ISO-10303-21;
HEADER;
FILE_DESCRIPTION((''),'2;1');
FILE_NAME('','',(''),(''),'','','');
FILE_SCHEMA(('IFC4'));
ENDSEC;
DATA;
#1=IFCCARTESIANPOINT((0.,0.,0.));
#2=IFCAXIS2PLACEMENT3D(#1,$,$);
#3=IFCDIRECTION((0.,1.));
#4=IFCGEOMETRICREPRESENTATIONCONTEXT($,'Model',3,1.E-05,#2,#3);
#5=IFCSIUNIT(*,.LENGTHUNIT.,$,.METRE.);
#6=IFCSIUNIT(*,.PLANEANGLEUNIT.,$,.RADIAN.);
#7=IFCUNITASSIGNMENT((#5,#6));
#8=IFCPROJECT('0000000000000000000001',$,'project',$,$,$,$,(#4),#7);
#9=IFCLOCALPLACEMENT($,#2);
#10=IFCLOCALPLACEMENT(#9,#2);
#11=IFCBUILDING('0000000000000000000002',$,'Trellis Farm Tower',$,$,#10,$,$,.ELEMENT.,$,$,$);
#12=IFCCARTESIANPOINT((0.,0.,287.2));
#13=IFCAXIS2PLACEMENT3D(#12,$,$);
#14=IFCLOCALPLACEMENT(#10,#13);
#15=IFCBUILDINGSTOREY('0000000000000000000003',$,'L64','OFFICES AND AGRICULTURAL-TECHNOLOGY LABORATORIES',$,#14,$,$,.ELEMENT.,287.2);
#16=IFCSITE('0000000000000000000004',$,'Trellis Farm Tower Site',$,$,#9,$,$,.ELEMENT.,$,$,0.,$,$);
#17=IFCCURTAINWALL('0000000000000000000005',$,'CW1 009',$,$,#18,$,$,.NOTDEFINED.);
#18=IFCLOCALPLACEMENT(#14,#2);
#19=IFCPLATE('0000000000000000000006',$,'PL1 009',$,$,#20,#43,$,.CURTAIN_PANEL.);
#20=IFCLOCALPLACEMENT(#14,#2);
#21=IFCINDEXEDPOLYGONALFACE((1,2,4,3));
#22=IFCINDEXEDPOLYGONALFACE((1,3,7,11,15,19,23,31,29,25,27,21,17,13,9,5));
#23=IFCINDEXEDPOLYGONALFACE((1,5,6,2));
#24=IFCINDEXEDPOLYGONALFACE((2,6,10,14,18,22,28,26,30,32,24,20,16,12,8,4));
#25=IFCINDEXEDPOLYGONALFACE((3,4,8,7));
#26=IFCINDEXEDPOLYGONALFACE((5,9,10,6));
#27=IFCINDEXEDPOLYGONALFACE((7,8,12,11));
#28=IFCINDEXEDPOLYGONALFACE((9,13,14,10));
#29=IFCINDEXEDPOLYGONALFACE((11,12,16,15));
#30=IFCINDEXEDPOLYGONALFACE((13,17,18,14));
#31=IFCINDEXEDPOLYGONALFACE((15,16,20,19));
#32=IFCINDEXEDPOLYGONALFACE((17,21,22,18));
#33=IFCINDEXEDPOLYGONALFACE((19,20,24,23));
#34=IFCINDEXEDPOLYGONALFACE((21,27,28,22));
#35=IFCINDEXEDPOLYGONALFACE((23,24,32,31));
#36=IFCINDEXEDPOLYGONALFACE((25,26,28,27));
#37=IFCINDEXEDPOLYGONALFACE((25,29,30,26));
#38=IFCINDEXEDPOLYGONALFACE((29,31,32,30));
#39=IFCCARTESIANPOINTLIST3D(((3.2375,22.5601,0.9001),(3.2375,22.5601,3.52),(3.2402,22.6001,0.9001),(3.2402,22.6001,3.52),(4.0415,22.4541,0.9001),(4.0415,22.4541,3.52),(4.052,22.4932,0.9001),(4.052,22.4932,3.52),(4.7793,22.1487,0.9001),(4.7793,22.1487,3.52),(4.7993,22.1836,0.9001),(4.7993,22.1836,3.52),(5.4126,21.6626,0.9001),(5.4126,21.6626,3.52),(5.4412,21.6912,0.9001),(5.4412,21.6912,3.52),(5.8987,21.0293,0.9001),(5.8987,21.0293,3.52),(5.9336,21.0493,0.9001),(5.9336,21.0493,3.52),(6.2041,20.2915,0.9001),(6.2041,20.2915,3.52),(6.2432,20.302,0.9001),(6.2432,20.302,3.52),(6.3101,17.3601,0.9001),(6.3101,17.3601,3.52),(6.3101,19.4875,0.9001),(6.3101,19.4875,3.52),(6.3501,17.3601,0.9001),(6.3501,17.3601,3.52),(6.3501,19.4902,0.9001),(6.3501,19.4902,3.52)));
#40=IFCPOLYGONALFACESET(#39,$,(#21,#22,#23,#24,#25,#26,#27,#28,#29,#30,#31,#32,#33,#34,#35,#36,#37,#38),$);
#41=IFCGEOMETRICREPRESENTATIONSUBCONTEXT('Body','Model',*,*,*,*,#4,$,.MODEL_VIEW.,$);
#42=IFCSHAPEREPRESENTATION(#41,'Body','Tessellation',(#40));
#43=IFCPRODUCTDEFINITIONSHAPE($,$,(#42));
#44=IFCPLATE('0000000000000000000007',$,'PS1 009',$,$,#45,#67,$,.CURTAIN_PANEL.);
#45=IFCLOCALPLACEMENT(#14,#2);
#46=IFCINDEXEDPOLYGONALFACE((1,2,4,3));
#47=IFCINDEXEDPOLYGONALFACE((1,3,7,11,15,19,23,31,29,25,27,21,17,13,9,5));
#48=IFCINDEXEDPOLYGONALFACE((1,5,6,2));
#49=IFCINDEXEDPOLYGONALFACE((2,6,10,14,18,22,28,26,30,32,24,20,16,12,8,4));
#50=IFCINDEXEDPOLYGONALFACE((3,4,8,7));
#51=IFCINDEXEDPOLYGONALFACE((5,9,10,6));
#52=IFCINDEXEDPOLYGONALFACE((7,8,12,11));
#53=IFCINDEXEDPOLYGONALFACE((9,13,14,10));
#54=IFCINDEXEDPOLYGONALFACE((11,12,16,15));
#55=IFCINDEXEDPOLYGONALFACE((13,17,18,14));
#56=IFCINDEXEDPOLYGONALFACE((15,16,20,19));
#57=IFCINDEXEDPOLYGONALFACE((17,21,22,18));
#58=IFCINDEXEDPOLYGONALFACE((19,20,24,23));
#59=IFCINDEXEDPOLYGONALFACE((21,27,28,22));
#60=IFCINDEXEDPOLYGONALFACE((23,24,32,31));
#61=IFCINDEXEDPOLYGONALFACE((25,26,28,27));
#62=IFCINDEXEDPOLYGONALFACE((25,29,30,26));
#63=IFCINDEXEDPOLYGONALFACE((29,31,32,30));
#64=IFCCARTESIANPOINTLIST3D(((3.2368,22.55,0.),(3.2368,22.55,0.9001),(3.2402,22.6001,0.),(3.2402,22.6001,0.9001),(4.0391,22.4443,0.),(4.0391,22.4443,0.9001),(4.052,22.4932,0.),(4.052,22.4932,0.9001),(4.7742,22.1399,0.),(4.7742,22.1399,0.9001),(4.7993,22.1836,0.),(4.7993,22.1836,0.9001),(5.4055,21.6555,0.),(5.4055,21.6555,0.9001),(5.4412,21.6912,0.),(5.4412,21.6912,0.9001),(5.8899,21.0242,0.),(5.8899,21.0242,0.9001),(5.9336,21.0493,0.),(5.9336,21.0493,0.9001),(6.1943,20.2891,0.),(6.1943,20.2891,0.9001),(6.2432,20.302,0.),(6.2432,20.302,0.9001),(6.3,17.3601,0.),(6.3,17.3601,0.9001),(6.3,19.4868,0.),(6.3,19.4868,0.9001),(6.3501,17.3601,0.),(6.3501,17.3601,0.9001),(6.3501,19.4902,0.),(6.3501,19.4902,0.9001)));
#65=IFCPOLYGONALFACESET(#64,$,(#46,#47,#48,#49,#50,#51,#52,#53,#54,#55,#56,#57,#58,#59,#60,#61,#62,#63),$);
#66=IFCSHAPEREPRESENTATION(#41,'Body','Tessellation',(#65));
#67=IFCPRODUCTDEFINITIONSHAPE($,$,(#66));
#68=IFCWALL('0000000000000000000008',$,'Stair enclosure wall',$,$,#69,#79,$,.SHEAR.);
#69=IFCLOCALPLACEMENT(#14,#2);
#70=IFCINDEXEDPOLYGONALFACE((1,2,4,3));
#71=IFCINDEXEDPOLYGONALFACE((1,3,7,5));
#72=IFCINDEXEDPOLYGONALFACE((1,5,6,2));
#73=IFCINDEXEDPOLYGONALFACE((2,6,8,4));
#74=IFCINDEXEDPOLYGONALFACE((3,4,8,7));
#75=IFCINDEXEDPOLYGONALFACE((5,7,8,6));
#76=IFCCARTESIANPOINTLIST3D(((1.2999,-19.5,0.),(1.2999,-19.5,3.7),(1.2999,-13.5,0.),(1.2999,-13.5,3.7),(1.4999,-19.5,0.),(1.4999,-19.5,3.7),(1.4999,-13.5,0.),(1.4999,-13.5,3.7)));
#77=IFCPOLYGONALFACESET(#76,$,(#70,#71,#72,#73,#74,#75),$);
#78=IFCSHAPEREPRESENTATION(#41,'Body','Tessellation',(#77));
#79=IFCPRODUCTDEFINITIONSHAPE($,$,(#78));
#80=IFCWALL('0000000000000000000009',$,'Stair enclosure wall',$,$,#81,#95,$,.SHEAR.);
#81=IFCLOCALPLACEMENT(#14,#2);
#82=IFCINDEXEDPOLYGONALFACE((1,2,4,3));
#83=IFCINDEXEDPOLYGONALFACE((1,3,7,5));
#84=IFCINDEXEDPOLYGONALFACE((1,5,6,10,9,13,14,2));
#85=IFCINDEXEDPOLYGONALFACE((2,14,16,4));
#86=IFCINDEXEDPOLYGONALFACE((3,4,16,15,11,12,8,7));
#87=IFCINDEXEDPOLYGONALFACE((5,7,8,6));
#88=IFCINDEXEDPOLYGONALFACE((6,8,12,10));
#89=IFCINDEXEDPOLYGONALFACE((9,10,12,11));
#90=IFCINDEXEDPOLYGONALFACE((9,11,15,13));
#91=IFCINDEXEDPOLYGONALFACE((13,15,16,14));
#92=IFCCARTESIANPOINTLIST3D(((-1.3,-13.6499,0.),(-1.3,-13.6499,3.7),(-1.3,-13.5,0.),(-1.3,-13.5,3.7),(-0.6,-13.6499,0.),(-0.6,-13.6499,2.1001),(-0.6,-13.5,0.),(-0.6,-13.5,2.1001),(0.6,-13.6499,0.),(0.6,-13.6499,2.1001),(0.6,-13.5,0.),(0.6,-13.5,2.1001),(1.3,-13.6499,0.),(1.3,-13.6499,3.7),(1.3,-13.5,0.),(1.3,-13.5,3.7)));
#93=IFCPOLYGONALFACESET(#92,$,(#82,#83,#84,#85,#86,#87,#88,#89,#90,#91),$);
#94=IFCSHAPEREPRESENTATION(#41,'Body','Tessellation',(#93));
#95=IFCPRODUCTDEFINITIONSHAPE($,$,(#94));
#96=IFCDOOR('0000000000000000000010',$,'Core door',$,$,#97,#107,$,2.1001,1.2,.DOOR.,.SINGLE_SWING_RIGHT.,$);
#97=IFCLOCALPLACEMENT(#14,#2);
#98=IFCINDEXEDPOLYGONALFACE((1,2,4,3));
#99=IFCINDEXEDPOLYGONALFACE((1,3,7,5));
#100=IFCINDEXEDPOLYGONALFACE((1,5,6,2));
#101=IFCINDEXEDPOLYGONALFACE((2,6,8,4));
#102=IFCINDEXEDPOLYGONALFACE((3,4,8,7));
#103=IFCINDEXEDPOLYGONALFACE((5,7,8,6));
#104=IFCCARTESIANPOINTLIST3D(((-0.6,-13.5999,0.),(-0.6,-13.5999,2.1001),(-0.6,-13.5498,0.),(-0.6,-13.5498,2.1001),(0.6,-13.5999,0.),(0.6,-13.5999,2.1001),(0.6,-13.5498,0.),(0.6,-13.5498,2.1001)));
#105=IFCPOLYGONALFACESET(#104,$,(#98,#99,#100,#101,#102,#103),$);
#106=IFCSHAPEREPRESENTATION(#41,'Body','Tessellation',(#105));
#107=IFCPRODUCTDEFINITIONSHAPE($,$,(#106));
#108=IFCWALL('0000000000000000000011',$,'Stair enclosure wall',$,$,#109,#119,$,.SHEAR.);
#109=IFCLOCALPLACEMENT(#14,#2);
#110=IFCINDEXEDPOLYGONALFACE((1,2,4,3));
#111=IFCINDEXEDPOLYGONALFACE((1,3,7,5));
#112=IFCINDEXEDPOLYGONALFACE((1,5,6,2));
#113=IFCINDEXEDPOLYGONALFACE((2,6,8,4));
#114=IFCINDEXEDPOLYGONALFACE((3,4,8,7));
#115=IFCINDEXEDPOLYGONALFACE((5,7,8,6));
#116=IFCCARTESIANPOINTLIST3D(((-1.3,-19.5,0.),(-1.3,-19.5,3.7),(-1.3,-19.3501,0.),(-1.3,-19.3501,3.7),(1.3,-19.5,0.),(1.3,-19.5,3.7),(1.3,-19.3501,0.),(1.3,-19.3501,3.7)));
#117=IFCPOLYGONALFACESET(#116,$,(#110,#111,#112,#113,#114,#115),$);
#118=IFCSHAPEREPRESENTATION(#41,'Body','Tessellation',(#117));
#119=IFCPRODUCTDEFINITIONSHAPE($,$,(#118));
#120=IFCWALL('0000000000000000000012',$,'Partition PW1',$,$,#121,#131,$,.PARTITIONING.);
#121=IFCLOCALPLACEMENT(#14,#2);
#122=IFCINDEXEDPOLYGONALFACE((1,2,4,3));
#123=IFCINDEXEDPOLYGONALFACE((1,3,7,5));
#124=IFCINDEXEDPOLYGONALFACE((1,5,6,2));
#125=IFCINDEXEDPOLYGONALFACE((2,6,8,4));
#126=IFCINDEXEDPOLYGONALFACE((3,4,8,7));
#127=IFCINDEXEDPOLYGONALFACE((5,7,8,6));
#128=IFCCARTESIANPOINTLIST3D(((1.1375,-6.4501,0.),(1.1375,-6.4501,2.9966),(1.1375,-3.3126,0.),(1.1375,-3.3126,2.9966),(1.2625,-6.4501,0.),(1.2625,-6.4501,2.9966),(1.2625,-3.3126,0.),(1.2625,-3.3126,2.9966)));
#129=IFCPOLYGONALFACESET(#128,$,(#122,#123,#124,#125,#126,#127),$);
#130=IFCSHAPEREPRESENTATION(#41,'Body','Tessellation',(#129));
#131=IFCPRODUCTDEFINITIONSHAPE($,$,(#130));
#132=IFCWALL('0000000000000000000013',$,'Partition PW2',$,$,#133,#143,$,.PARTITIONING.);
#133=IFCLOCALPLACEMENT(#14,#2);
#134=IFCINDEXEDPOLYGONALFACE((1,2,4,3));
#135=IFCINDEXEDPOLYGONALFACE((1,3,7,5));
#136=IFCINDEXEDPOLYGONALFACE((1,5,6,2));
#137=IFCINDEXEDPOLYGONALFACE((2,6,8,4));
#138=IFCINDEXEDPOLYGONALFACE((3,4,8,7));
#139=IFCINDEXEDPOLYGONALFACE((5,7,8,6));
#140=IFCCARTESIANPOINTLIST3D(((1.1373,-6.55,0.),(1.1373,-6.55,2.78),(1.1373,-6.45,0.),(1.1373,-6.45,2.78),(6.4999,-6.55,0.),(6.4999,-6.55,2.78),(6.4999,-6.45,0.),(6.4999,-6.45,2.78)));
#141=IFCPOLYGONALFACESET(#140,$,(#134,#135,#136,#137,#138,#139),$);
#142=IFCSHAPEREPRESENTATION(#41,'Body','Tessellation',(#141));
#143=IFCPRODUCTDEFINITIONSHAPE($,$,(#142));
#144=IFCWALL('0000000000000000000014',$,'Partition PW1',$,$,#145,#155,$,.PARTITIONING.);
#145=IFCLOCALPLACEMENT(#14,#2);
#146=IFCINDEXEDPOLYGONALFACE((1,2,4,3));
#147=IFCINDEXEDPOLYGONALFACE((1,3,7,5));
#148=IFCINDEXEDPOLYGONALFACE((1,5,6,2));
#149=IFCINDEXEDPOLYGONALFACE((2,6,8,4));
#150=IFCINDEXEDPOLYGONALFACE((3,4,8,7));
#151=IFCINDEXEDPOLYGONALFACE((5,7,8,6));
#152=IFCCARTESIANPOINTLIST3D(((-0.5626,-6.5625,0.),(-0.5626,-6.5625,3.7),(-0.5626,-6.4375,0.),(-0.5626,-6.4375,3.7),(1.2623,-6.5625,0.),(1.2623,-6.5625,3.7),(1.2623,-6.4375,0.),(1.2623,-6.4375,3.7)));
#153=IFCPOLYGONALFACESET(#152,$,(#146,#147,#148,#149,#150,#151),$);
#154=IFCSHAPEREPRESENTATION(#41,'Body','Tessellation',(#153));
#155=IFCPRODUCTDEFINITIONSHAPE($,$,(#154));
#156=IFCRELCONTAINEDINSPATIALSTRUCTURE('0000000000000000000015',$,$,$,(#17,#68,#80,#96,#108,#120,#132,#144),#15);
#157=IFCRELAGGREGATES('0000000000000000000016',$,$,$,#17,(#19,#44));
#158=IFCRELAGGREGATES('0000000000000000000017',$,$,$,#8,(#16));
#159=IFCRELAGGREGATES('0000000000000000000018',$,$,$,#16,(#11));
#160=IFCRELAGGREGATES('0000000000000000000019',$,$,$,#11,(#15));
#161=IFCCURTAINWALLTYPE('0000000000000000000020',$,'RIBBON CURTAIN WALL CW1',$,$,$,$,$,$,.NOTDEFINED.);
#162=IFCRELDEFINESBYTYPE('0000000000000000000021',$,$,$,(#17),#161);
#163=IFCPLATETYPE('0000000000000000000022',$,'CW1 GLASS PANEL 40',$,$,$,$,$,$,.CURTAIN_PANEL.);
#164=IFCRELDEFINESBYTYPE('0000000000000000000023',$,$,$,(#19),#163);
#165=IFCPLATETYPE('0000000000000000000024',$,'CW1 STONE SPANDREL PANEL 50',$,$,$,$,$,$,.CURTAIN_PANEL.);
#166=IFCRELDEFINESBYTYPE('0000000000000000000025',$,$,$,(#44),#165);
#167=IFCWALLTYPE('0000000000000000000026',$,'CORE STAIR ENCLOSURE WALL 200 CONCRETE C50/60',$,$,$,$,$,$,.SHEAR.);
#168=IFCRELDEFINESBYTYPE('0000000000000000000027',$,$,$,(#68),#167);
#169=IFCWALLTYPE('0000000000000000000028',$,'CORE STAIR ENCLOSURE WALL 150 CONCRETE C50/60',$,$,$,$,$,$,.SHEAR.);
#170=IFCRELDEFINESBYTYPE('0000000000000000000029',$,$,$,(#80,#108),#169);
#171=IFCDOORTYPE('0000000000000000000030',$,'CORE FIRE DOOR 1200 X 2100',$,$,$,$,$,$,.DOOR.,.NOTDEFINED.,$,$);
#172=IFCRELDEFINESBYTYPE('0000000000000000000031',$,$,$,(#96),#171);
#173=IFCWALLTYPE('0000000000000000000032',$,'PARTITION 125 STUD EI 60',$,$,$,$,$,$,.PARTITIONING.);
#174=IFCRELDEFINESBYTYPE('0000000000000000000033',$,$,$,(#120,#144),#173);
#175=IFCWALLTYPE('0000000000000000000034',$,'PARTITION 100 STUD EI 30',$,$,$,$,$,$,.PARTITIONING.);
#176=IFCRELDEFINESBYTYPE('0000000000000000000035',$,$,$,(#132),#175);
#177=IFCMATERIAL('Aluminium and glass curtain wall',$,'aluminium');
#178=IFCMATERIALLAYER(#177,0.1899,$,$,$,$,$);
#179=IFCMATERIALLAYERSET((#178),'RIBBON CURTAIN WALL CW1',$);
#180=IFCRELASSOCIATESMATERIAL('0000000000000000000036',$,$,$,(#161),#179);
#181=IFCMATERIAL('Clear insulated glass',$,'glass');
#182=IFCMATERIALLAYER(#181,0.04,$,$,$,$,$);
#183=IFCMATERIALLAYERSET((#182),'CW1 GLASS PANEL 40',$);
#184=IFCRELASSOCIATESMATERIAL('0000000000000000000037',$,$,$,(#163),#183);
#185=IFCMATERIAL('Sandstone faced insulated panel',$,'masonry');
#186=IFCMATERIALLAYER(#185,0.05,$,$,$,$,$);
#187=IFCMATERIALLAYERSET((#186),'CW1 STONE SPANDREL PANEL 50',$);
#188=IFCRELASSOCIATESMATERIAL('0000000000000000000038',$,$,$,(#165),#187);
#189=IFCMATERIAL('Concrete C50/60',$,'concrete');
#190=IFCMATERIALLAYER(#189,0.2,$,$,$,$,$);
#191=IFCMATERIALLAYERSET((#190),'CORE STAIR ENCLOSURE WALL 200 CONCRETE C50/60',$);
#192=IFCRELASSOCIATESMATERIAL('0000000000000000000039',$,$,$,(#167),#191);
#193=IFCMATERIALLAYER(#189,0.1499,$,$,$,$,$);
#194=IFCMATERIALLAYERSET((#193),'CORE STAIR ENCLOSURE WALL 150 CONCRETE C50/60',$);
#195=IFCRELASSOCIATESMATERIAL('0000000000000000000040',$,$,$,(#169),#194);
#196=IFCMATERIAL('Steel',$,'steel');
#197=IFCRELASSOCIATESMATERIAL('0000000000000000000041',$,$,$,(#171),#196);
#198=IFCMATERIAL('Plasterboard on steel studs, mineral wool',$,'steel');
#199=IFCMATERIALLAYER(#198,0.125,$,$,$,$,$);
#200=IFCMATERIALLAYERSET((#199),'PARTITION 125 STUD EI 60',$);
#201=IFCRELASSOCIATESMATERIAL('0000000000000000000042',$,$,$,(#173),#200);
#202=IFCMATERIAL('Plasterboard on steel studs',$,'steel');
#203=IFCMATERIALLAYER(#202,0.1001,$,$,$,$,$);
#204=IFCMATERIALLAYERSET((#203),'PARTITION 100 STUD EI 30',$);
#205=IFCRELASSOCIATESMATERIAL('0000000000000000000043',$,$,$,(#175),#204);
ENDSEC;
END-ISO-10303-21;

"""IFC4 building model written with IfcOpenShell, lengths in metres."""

from ifc_helpers import new_model, si_unit, direction, frame, frame_2d, origin, place, context, subcontext, project, spatial, polyline, rectangle, outline, extrude, source, transform, mapped, material, layer, layer_set, type_object, element, fill, aggregate, save


model = new_model("IFC4")

# Units and contexts
model_context = context("Model", 3, precision=1e-05, world=origin(), true_north=direction((0.0, 1.0)))
body_context = subcontext(model_context, "Body", "Model", "MODEL_VIEW")
ifc_project = project(units=[si_unit("LENGTHUNIT", "METRE"), si_unit("PLANEANGLEUNIT", "RADIAN")], contexts=[model_context])

# Site, building, storey
site_placement = place(None, origin())
site = spatial("IfcSite", under=ifc_project, at=site_placement, Name="Trellis Farm Tower Site", CompositionType="ELEMENT", RefElevation=0.0)
building_placement = place(site_placement, origin())
building = spatial("IfcBuilding", under=site, at=building_placement, Name="Trellis Farm Tower", CompositionType="ELEMENT")
storey_placement = place(building_placement, frame((0.0, 0.0, 287.2)))
storey = spatial("IfcBuildingStorey", under=building, at=storey_placement, Name="L64", Description="OFFICES AND AGRICULTURAL-TECHNOLOGY LABORATORIES", CompositionType="ELEMENT", Elevation=287.2)

# Curtain wall
ifc_material_1 = material(Name="Aluminium and glass curtain wall", Category="aluminium")
placement_1 = place(storey_placement, origin())
ifc_layer_1 = layer(ifc_material_1, 0.1899)
ifc_layer_set_1 = layer_set([ifc_layer_1], Name="RIBBON CURTAIN WALL CW1")
curtain_wall_type_1 = type_object("IfcCurtainWallType", Name="RIBBON CURTAIN WALL CW1", PredefinedType="NOTDEFINED", material=ifc_layer_set_1)
curtain_wall_1 = element("IfcCurtainWall", 1, at=placement_1, inside=storey, type_object=curtain_wall_type_1, Name="CW1 009", PredefinedType="NOTDEFINED")

# Shared definitions
ifc_material_2 = material(Name="Clear insulated glass", Category="glass")

# Shared definitions
ifc_layer_2 = layer(ifc_material_2, 0.04)
ifc_layer_set_2 = layer_set([ifc_layer_2], Name="CW1 GLASS PANEL 40")
plate_type_1 = type_object("IfcPlateType", Name="CW1 GLASS PANEL 40", PredefinedType="CURTAIN_PANEL", material=ifc_layer_set_2)
placement_2 = place(storey_placement, frame((0.0, 0.0, 0.9001)))
ifc_material_3 = material(Name="Sandstone faced insulated panel", Category="masonry")
ifc_layer_3 = layer(ifc_material_3, 0.05)
ifc_layer_set_3 = layer_set([ifc_layer_3], Name="CW1 STONE SPANDREL PANEL 50")
plate_type_2 = type_object("IfcPlateType", Name="CW1 STONE SPANDREL PANEL 50", PredefinedType="CURTAIN_PANEL", material=ifc_layer_set_3)

# Plates
shared_shape_1 = source(origin(), body_context, "Body", "SweptSolid", [
    extrude(outline(polyline([(6.3501, 17.3601), (6.3501, 19.4902), (6.2432, 20.302), (5.9336, 21.0493), (5.4412, 21.6912), (4.7993, 22.1836), (4.052, 22.4932), (3.2402, 22.6001), (3.2375, 22.5601), (4.0415, 22.4541), (4.7793, 22.1487), (5.4126, 21.6626), (5.8987, 21.0293), (6.2041, 20.2915), (6.3101, 19.4875), (6.3101, 17.3601), (6.3501, 17.3601)])), origin(), (0.0, 0.0, 1.0), 2.6199),
])
plate_1 = element("IfcPlate", 2, at=placement_2, type_object=plate_type_1, Name="PL1 009", PredefinedType="CURTAIN_PANEL", context=body_context, shape_type="MappedRepresentation", body=[
    mapped(shared_shape_1, transform((0.0, 0.0, 0.0))),
])
shared_shape_2 = source(origin(), body_context, "Body", "SweptSolid", [
    extrude(outline(polyline([(6.3501, 17.3601), (6.3501, 19.4902), (6.2432, 20.302), (5.9336, 21.0493), (5.4412, 21.6912), (4.7993, 22.1836), (4.052, 22.4932), (3.2402, 22.6001), (3.2368, 22.55), (4.0391, 22.4443), (4.7742, 22.1399), (5.4055, 21.6555), (5.8899, 21.0242), (6.1943, 20.2891), (6.3, 19.4868), (6.3, 17.3601), (6.3501, 17.3601)])), origin(), (0.0, 0.0, 1.0), 0.9001),
])
plate_2 = element("IfcPlate", 3, at=placement_1, type_object=plate_type_2, Name="PS1 009", PredefinedType="CURTAIN_PANEL", context=body_context, shape_type="MappedRepresentation", body=[
    mapped(shared_shape_2, transform((0.0, 0.0, 0.0))),
])
aggregate(curtain_wall_1, [plate_1, plate_2])

# Wall
ifc_material_4 = material(Name="Concrete C50/60", Category="concrete")
ifc_layer_4 = layer(ifc_material_4, 0.2)
ifc_layer_set_4 = layer_set([ifc_layer_4], Name="CORE STAIR ENCLOSURE WALL 200 CONCRETE C50/60")
wall_type_1 = type_object("IfcWallType", Name="CORE STAIR ENCLOSURE WALL 200 CONCRETE C50/60", PredefinedType="SHEAR", material=ifc_layer_set_4)
shared_shape_3 = source(origin(), body_context, "Body", "SweptSolid", [
    extrude(rectangle(XDim=6.0, YDim=0.2, at=frame_2d((3.0, 0.0))), origin(), (0.0, 0.0, 1.0), 3.7),
])
wall_1_placement = place(storey_placement, frame((1.3999, -13.5, 0.0), z_axis=(0.0, 0.0, 1.0), x_axis=(0.0, -1.0, 0.0)))
element("IfcWall", 4, at=wall_1_placement, inside=storey, type_object=wall_type_1, Name="Stair enclosure wall", PredefinedType="SHEAR", context=body_context, shape_type="MappedRepresentation", body=[
    mapped(shared_shape_3, transform((0.0, 0.0, 0.0))),
])

# Wall, opening, door
ifc_layer_5 = layer(ifc_material_4, 0.1499)
ifc_layer_set_5 = layer_set([ifc_layer_5], Name="CORE STAIR ENCLOSURE WALL 150 CONCRETE C50/60")
wall_type_2 = type_object("IfcWallType", Name="CORE STAIR ENCLOSURE WALL 150 CONCRETE C50/60", PredefinedType="SHEAR", material=ifc_layer_set_5)
shared_shape_4 = source(origin(), body_context, "Body", "SweptSolid", [
    extrude(rectangle(XDim=2.6001, YDim=0.1499, at=frame_2d((1.3, 0.0))), origin(), (0.0, 0.0, 1.0), 3.7),
])
wall_2_placement = place(storey_placement, frame((1.3, -13.575, 0.0), z_axis=(0.0, 0.0, 1.0), x_axis=(-1.0, 0.0, 0.0)))
wall_2 = element("IfcWall", 5, at=wall_2_placement, inside=storey, type_object=wall_type_2, Name="Stair enclosure wall", PredefinedType="SHEAR", context=body_context, shape_type="MappedRepresentation", body=[
    mapped(shared_shape_4, transform((0.0, 0.0, 0.0))),
])
shared_shape_5 = source(origin(), body_context, "Body", "SweptSolid", [
    extrude(rectangle(XDim=1.2, YDim=2.1001, at=frame_2d((0.6001, 1.05))), frame((0.0, 0.085, 0.0), z_axis=(0.0, -1.0, 0.0), x_axis=(1.0, 0.0, 0.0)), (0.0, 0.0, 1.0), 0.1699),
])
opening_placement = place(wall_2_placement, frame((0.7, 0.0, 0.0)))
opening = element("IfcOpeningElement", 6, at=opening_placement, cuts=wall_2, PredefinedType="OPENING", context=body_context, shape_type="MappedRepresentation", body=[
    mapped(shared_shape_5, transform((0.0, 0.0, 0.0))),
])
ifc_material_5 = material(Name="Steel", Category="steel")
door_type = type_object("IfcDoorType", Name="CORE FIRE DOOR 1200 X 2100", OperationType="NOTDEFINED", PredefinedType="DOOR", material=ifc_material_5)
shared_shape_6 = source(origin(), body_context, "Body", "SweptSolid", [
    extrude(rectangle(XDim=1.2, YDim=2.1001, at=frame_2d((0.6001, 1.05))), frame((0.0, 0.0249, 0.0), z_axis=(0.0, -1.0, 0.0), x_axis=(1.0, 0.0, 0.0)), (0.0, 0.0, 1.0), 0.05),
])
door_placement = place(opening_placement, origin())
door = element("IfcDoor", 7, at=door_placement, inside=storey, type_object=door_type, Name="Core door", OperationType="SINGLE_SWING_RIGHT", OverallHeight=2.1001, OverallWidth=1.2, PredefinedType="DOOR", context=body_context, shape_type="MappedRepresentation", body=[
    mapped(shared_shape_6, transform((0.0, 0.0, 0.0))),
])
fill(opening, door)

# Walls
wall_3_placement = place(storey_placement, frame((1.3, -19.425, 0.0), z_axis=(0.0, 0.0, 1.0), x_axis=(-1.0, 0.0, 0.0)))
element("IfcWall", 8, at=wall_3_placement, inside=storey, type_object=wall_type_2, Name="Stair enclosure wall", PredefinedType="SHEAR", context=body_context, shape_type="MappedRepresentation", body=[
    mapped(shared_shape_4, transform((0.0, 0.0, 0.0))),
])
ifc_material_6 = material(Name="Plasterboard on steel studs, mineral wool", Category="steel")
ifc_layer_6 = layer(ifc_material_6, 0.125)
ifc_layer_set_6 = layer_set([ifc_layer_6], Name="PARTITION 125 STUD EI 60")
wall_type_3 = type_object("IfcWallType", Name="PARTITION 125 STUD EI 60", PredefinedType="PARTITIONING", material=ifc_layer_set_6)
shared_shape_7 = source(origin(), body_context, "Body", "SweptSolid", [
    extrude(rectangle(XDim=3.1375, YDim=0.125, at=frame_2d((1.5688, 0.0))), origin(), (0.0, 0.0, 1.0), 2.9966),
])
wall_4_placement = place(storey_placement, frame((1.2, -3.3125, 0.0), z_axis=(0.0, 0.0, 1.0), x_axis=(0.0, -1.0, 0.0)))
element("IfcWall", 9, at=wall_4_placement, inside=storey, type_object=wall_type_3, Name="Partition PW1", PredefinedType="PARTITIONING", context=body_context, shape_type="MappedRepresentation", body=[
    mapped(shared_shape_7, transform((0.0, 0.0, 0.0))),
])
ifc_material_7 = material(Name="Plasterboard on steel studs", Category="steel")
ifc_layer_7 = layer(ifc_material_7, 0.1001)
ifc_layer_set_7 = layer_set([ifc_layer_7], Name="PARTITION 100 STUD EI 30")
wall_type_4 = type_object("IfcWallType", Name="PARTITION 100 STUD EI 30", PredefinedType="PARTITIONING", material=ifc_layer_set_7)
shared_shape_8 = source(origin(), body_context, "Body", "SweptSolid", [
    extrude(rectangle(XDim=5.3625, YDim=0.1001, at=frame_2d((2.6812, 0.0))), origin(), (0.0, 0.0, 1.0), 2.78),
])
wall_5_placement = place(storey_placement, frame((1.1375, -6.5, 0.0), z_axis=(0.0, 0.0, 1.0), x_axis=(1.0, 0.0, 0.0)))
element("IfcWall", 10, at=wall_5_placement, inside=storey, type_object=wall_type_4, Name="Partition PW2", PredefinedType="PARTITIONING", context=body_context, shape_type="MappedRepresentation", body=[
    mapped(shared_shape_8, transform((0.0, 0.0, 0.0))),
])
shared_shape_9 = source(origin(), body_context, "Body", "SweptSolid", [
    extrude(rectangle(XDim=1.825, YDim=0.125, at=frame_2d((0.9126, 0.0))), origin(), (0.0, 0.0, 1.0), 3.7),
])
wall_6_placement = place(storey_placement, frame((1.2625, -6.5, 0.0), z_axis=(0.0, 0.0, 1.0), x_axis=(-1.0, 0.0, 0.0)))
element("IfcWall", 11, at=wall_6_placement, inside=storey, type_object=wall_type_3, Name="Partition PW1", PredefinedType="PARTITIONING", context=body_context, shape_type="MappedRepresentation", body=[
    mapped(shared_shape_9, transform((0.0, 0.0, 0.0))),
])

save(model, "model.ifc")
